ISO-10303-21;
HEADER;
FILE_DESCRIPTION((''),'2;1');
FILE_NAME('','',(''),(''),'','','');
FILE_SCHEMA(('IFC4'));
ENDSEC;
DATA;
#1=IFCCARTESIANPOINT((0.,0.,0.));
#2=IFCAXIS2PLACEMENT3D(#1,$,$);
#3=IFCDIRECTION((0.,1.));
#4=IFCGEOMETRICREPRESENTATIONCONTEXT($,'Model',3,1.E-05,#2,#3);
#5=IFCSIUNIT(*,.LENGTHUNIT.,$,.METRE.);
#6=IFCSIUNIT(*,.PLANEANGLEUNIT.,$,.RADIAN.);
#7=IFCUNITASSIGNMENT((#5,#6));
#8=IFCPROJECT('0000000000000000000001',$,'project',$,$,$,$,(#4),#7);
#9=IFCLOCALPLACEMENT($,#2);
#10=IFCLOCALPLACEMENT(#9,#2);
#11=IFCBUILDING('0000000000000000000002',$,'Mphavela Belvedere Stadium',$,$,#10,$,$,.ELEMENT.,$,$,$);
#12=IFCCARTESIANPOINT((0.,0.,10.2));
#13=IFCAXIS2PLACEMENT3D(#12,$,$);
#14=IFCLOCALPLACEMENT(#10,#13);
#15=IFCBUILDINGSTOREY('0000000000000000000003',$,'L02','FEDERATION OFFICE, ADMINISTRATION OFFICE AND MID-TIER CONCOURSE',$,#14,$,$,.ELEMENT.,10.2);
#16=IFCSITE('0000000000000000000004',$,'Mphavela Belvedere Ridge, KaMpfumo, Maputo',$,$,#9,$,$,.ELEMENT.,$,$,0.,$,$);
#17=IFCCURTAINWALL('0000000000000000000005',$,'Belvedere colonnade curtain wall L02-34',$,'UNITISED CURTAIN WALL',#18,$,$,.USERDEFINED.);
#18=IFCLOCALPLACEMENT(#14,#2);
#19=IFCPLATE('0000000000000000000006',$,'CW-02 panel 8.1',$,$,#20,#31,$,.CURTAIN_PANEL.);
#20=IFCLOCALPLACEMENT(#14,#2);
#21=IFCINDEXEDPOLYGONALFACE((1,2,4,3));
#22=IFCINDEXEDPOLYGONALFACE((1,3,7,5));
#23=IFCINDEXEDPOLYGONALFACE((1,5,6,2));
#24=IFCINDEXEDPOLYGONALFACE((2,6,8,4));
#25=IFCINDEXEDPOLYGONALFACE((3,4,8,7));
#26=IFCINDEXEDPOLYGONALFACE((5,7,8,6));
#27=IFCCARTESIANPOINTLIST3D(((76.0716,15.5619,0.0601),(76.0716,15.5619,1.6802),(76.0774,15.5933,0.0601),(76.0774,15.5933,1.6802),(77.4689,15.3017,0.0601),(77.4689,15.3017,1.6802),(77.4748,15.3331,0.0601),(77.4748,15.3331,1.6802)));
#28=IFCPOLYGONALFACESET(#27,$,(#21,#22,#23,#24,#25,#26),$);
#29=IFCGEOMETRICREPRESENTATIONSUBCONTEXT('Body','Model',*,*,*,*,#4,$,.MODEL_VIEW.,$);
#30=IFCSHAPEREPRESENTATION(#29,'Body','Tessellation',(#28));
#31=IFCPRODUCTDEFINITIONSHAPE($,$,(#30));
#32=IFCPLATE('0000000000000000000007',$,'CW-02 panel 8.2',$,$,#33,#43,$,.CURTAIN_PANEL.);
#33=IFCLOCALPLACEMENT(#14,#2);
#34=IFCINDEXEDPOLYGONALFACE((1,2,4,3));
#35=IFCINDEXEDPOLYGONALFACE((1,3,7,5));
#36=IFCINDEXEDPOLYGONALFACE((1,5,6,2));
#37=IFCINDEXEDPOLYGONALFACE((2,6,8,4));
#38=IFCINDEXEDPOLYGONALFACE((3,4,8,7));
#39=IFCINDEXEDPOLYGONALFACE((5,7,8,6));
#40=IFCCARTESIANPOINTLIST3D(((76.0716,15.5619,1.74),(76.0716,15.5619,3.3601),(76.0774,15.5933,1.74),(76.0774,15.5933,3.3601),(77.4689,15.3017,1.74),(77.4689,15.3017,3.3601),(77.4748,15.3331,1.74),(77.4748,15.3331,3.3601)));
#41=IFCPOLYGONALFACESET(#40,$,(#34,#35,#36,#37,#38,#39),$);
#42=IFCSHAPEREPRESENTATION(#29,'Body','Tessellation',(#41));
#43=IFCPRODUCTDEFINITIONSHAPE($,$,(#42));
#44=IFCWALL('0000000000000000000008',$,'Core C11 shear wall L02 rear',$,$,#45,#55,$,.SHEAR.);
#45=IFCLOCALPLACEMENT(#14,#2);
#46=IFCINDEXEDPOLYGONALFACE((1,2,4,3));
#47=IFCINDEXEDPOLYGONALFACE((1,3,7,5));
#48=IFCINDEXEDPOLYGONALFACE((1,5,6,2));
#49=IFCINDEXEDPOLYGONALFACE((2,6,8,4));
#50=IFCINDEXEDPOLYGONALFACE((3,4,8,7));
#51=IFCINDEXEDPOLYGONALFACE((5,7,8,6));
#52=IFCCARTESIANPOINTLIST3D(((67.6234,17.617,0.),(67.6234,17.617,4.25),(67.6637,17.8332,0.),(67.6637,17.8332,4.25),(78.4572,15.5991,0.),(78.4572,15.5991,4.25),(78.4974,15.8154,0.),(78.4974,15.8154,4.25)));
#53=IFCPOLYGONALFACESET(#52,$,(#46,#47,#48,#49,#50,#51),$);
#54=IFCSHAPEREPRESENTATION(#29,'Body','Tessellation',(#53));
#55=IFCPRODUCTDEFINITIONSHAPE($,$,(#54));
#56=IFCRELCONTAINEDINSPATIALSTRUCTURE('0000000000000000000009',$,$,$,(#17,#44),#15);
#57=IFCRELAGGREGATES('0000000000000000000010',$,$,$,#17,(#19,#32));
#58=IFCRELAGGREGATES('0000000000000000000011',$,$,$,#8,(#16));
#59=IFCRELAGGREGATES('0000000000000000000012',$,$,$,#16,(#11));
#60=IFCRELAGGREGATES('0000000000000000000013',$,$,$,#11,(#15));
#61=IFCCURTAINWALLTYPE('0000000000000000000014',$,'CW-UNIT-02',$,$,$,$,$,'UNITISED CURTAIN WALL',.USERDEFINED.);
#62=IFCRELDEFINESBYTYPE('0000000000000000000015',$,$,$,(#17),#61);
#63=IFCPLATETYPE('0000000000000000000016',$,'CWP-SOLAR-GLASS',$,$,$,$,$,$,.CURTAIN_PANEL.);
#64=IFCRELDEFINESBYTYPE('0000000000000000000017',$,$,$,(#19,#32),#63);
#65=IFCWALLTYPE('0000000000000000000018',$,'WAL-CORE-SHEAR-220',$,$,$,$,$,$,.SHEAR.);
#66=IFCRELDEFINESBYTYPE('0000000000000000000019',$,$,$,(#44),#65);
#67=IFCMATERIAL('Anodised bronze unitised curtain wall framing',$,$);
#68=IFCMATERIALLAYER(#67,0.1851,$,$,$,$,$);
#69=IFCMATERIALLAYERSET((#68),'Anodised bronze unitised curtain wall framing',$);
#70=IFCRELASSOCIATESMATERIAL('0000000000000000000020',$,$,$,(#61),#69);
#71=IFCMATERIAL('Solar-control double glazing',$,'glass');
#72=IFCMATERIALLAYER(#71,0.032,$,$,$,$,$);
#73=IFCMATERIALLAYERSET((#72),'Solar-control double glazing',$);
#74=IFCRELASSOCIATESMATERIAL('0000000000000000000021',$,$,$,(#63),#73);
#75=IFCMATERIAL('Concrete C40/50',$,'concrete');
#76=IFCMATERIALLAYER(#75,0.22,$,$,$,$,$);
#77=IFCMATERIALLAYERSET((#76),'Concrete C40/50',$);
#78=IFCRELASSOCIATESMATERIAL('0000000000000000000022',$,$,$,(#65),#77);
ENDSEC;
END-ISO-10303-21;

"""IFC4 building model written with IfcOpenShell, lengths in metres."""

from ifc_helpers import new_model, si_unit, direction, frame, frame_2d, origin, origin_2d, place, context, subcontext, project, spatial, rectangle, extrude, material, layer, layer_set, type_object, element, aggregate, save


model = new_model("IFC4")

# Units and contexts
model_context = context("Model", 3, precision=1e-05, world=origin(), true_north=direction((0.0, 1.0)))
body_context = subcontext(model_context, "Body", "Model", "MODEL_VIEW")
ifc_project = project(units=[si_unit("LENGTHUNIT", "METRE"), si_unit("PLANEANGLEUNIT", "RADIAN")], contexts=[model_context])

# Site, building, storey
site_placement = place(None, origin())
site = spatial("IfcSite", under=ifc_project, at=site_placement, Name="Mphavela Belvedere Ridge, KaMpfumo, Maputo", CompositionType="ELEMENT", RefElevation=0.0)
building_placement = place(site_placement, origin())
building = spatial("IfcBuilding", under=site, at=building_placement, Name="Mphavela Belvedere Stadium", CompositionType="ELEMENT")
storey_placement = place(building_placement, frame((0.0, 0.0, 10.2)))
storey = spatial("IfcBuildingStorey", under=building, at=storey_placement, Name="L02", Description="FEDERATION OFFICE, ADMINISTRATION OFFICE AND MID-TIER CONCOURSE", CompositionType="ELEMENT", Elevation=10.2)

# Curtain wall
ifc_material_1 = material(Name="Anodised bronze unitised curtain wall framing")
ifc_layer_1 = layer(ifc_material_1, 0.1851)
ifc_layer_set_1 = layer_set([ifc_layer_1], Name="Anodised bronze unitised curtain wall framing")
curtain_wall_type_1 = type_object("IfcCurtainWallType", Name="CW-UNIT-02", ElementType="UNITISED CURTAIN WALL", PredefinedType="USERDEFINED", material=ifc_layer_set_1)
curtain_wall_1_placement = place(storey_placement, origin())
curtain_wall_1 = element("IfcCurtainWall", 1, at=curtain_wall_1_placement, inside=storey, type_object=curtain_wall_type_1, Name="Belvedere colonnade curtain wall L02-34", ObjectType="UNITISED CURTAIN WALL", PredefinedType="USERDEFINED")

# Plates
ifc_material_2 = material(Name="Solar-control double glazing", Category="glass")
ifc_layer_2 = layer(ifc_material_2, 0.032)
ifc_layer_set_2 = layer_set([ifc_layer_2], Name="Solar-control double glazing")
plate_type = type_object("IfcPlateType", Name="CWP-SOLAR-GLASS", PredefinedType="CURTAIN_PANEL", material=ifc_layer_set_2)
plate_1_placement = place(storey_placement, frame((76.7732, 15.4475, 0.0601), z_axis=(0.0, 0.0, 1.0), x_axis=(0.983097, -0.183085, 0.0)))
plate_1 = element("IfcPlate", 2, at=plate_1_placement, type_object=plate_type, Name="CW-02 panel 8.1", PredefinedType="CURTAIN_PANEL", context=body_context, shape_type="SweptSolid", body=[
    extrude(rectangle(XDim=1.4214, YDim=0.032, at=origin_2d()), origin(), (0.0, 0.0, 1.0), 1.6201),
])
plate_2_placement = place(storey_placement, frame((76.7732, 15.4475, 1.74), z_axis=(0.0, 0.0, 1.0), x_axis=(0.983097, -0.183085, 0.0)))
plate_2 = element("IfcPlate", 3, at=plate_2_placement, type_object=plate_type, Name="CW-02 panel 8.2", PredefinedType="CURTAIN_PANEL", context=body_context, shape_type="SweptSolid", body=[
    extrude(rectangle(XDim=1.4214, YDim=0.032, at=origin_2d()), origin(), (0.0, 0.0, 1.0), 1.6201),
])
aggregate(curtain_wall_1, [plate_1, plate_2])

# Wall
ifc_material_3 = material(Name="Concrete C40/50", Category="concrete")
ifc_layer_3 = layer(ifc_material_3, 0.22)
ifc_layer_set_3 = layer_set([ifc_layer_3], Name="Concrete C40/50")
wall_type = type_object("IfcWallType", Name="WAL-CORE-SHEAR-220", PredefinedType="SHEAR", material=ifc_layer_set_3)
wall_placement = place(storey_placement, frame((78.4773, 15.7073, 0.0), z_axis=(0.0, 0.0, 1.0), x_axis=(-0.983093, 0.183105, 0.0)))
element("IfcWall", 4, at=wall_placement, inside=storey, type_object=wall_type, Name="Core C11 shear wall L02 rear", PredefinedType="SHEAR", context=body_context, shape_type="SweptSolid", body=[
    extrude(rectangle(XDim=11.02, YDim=0.22, at=frame_2d((5.51, 0.0))), origin(), (0.0, 0.0, 1.0), 4.25),
])

save(model, "model.ifc")
